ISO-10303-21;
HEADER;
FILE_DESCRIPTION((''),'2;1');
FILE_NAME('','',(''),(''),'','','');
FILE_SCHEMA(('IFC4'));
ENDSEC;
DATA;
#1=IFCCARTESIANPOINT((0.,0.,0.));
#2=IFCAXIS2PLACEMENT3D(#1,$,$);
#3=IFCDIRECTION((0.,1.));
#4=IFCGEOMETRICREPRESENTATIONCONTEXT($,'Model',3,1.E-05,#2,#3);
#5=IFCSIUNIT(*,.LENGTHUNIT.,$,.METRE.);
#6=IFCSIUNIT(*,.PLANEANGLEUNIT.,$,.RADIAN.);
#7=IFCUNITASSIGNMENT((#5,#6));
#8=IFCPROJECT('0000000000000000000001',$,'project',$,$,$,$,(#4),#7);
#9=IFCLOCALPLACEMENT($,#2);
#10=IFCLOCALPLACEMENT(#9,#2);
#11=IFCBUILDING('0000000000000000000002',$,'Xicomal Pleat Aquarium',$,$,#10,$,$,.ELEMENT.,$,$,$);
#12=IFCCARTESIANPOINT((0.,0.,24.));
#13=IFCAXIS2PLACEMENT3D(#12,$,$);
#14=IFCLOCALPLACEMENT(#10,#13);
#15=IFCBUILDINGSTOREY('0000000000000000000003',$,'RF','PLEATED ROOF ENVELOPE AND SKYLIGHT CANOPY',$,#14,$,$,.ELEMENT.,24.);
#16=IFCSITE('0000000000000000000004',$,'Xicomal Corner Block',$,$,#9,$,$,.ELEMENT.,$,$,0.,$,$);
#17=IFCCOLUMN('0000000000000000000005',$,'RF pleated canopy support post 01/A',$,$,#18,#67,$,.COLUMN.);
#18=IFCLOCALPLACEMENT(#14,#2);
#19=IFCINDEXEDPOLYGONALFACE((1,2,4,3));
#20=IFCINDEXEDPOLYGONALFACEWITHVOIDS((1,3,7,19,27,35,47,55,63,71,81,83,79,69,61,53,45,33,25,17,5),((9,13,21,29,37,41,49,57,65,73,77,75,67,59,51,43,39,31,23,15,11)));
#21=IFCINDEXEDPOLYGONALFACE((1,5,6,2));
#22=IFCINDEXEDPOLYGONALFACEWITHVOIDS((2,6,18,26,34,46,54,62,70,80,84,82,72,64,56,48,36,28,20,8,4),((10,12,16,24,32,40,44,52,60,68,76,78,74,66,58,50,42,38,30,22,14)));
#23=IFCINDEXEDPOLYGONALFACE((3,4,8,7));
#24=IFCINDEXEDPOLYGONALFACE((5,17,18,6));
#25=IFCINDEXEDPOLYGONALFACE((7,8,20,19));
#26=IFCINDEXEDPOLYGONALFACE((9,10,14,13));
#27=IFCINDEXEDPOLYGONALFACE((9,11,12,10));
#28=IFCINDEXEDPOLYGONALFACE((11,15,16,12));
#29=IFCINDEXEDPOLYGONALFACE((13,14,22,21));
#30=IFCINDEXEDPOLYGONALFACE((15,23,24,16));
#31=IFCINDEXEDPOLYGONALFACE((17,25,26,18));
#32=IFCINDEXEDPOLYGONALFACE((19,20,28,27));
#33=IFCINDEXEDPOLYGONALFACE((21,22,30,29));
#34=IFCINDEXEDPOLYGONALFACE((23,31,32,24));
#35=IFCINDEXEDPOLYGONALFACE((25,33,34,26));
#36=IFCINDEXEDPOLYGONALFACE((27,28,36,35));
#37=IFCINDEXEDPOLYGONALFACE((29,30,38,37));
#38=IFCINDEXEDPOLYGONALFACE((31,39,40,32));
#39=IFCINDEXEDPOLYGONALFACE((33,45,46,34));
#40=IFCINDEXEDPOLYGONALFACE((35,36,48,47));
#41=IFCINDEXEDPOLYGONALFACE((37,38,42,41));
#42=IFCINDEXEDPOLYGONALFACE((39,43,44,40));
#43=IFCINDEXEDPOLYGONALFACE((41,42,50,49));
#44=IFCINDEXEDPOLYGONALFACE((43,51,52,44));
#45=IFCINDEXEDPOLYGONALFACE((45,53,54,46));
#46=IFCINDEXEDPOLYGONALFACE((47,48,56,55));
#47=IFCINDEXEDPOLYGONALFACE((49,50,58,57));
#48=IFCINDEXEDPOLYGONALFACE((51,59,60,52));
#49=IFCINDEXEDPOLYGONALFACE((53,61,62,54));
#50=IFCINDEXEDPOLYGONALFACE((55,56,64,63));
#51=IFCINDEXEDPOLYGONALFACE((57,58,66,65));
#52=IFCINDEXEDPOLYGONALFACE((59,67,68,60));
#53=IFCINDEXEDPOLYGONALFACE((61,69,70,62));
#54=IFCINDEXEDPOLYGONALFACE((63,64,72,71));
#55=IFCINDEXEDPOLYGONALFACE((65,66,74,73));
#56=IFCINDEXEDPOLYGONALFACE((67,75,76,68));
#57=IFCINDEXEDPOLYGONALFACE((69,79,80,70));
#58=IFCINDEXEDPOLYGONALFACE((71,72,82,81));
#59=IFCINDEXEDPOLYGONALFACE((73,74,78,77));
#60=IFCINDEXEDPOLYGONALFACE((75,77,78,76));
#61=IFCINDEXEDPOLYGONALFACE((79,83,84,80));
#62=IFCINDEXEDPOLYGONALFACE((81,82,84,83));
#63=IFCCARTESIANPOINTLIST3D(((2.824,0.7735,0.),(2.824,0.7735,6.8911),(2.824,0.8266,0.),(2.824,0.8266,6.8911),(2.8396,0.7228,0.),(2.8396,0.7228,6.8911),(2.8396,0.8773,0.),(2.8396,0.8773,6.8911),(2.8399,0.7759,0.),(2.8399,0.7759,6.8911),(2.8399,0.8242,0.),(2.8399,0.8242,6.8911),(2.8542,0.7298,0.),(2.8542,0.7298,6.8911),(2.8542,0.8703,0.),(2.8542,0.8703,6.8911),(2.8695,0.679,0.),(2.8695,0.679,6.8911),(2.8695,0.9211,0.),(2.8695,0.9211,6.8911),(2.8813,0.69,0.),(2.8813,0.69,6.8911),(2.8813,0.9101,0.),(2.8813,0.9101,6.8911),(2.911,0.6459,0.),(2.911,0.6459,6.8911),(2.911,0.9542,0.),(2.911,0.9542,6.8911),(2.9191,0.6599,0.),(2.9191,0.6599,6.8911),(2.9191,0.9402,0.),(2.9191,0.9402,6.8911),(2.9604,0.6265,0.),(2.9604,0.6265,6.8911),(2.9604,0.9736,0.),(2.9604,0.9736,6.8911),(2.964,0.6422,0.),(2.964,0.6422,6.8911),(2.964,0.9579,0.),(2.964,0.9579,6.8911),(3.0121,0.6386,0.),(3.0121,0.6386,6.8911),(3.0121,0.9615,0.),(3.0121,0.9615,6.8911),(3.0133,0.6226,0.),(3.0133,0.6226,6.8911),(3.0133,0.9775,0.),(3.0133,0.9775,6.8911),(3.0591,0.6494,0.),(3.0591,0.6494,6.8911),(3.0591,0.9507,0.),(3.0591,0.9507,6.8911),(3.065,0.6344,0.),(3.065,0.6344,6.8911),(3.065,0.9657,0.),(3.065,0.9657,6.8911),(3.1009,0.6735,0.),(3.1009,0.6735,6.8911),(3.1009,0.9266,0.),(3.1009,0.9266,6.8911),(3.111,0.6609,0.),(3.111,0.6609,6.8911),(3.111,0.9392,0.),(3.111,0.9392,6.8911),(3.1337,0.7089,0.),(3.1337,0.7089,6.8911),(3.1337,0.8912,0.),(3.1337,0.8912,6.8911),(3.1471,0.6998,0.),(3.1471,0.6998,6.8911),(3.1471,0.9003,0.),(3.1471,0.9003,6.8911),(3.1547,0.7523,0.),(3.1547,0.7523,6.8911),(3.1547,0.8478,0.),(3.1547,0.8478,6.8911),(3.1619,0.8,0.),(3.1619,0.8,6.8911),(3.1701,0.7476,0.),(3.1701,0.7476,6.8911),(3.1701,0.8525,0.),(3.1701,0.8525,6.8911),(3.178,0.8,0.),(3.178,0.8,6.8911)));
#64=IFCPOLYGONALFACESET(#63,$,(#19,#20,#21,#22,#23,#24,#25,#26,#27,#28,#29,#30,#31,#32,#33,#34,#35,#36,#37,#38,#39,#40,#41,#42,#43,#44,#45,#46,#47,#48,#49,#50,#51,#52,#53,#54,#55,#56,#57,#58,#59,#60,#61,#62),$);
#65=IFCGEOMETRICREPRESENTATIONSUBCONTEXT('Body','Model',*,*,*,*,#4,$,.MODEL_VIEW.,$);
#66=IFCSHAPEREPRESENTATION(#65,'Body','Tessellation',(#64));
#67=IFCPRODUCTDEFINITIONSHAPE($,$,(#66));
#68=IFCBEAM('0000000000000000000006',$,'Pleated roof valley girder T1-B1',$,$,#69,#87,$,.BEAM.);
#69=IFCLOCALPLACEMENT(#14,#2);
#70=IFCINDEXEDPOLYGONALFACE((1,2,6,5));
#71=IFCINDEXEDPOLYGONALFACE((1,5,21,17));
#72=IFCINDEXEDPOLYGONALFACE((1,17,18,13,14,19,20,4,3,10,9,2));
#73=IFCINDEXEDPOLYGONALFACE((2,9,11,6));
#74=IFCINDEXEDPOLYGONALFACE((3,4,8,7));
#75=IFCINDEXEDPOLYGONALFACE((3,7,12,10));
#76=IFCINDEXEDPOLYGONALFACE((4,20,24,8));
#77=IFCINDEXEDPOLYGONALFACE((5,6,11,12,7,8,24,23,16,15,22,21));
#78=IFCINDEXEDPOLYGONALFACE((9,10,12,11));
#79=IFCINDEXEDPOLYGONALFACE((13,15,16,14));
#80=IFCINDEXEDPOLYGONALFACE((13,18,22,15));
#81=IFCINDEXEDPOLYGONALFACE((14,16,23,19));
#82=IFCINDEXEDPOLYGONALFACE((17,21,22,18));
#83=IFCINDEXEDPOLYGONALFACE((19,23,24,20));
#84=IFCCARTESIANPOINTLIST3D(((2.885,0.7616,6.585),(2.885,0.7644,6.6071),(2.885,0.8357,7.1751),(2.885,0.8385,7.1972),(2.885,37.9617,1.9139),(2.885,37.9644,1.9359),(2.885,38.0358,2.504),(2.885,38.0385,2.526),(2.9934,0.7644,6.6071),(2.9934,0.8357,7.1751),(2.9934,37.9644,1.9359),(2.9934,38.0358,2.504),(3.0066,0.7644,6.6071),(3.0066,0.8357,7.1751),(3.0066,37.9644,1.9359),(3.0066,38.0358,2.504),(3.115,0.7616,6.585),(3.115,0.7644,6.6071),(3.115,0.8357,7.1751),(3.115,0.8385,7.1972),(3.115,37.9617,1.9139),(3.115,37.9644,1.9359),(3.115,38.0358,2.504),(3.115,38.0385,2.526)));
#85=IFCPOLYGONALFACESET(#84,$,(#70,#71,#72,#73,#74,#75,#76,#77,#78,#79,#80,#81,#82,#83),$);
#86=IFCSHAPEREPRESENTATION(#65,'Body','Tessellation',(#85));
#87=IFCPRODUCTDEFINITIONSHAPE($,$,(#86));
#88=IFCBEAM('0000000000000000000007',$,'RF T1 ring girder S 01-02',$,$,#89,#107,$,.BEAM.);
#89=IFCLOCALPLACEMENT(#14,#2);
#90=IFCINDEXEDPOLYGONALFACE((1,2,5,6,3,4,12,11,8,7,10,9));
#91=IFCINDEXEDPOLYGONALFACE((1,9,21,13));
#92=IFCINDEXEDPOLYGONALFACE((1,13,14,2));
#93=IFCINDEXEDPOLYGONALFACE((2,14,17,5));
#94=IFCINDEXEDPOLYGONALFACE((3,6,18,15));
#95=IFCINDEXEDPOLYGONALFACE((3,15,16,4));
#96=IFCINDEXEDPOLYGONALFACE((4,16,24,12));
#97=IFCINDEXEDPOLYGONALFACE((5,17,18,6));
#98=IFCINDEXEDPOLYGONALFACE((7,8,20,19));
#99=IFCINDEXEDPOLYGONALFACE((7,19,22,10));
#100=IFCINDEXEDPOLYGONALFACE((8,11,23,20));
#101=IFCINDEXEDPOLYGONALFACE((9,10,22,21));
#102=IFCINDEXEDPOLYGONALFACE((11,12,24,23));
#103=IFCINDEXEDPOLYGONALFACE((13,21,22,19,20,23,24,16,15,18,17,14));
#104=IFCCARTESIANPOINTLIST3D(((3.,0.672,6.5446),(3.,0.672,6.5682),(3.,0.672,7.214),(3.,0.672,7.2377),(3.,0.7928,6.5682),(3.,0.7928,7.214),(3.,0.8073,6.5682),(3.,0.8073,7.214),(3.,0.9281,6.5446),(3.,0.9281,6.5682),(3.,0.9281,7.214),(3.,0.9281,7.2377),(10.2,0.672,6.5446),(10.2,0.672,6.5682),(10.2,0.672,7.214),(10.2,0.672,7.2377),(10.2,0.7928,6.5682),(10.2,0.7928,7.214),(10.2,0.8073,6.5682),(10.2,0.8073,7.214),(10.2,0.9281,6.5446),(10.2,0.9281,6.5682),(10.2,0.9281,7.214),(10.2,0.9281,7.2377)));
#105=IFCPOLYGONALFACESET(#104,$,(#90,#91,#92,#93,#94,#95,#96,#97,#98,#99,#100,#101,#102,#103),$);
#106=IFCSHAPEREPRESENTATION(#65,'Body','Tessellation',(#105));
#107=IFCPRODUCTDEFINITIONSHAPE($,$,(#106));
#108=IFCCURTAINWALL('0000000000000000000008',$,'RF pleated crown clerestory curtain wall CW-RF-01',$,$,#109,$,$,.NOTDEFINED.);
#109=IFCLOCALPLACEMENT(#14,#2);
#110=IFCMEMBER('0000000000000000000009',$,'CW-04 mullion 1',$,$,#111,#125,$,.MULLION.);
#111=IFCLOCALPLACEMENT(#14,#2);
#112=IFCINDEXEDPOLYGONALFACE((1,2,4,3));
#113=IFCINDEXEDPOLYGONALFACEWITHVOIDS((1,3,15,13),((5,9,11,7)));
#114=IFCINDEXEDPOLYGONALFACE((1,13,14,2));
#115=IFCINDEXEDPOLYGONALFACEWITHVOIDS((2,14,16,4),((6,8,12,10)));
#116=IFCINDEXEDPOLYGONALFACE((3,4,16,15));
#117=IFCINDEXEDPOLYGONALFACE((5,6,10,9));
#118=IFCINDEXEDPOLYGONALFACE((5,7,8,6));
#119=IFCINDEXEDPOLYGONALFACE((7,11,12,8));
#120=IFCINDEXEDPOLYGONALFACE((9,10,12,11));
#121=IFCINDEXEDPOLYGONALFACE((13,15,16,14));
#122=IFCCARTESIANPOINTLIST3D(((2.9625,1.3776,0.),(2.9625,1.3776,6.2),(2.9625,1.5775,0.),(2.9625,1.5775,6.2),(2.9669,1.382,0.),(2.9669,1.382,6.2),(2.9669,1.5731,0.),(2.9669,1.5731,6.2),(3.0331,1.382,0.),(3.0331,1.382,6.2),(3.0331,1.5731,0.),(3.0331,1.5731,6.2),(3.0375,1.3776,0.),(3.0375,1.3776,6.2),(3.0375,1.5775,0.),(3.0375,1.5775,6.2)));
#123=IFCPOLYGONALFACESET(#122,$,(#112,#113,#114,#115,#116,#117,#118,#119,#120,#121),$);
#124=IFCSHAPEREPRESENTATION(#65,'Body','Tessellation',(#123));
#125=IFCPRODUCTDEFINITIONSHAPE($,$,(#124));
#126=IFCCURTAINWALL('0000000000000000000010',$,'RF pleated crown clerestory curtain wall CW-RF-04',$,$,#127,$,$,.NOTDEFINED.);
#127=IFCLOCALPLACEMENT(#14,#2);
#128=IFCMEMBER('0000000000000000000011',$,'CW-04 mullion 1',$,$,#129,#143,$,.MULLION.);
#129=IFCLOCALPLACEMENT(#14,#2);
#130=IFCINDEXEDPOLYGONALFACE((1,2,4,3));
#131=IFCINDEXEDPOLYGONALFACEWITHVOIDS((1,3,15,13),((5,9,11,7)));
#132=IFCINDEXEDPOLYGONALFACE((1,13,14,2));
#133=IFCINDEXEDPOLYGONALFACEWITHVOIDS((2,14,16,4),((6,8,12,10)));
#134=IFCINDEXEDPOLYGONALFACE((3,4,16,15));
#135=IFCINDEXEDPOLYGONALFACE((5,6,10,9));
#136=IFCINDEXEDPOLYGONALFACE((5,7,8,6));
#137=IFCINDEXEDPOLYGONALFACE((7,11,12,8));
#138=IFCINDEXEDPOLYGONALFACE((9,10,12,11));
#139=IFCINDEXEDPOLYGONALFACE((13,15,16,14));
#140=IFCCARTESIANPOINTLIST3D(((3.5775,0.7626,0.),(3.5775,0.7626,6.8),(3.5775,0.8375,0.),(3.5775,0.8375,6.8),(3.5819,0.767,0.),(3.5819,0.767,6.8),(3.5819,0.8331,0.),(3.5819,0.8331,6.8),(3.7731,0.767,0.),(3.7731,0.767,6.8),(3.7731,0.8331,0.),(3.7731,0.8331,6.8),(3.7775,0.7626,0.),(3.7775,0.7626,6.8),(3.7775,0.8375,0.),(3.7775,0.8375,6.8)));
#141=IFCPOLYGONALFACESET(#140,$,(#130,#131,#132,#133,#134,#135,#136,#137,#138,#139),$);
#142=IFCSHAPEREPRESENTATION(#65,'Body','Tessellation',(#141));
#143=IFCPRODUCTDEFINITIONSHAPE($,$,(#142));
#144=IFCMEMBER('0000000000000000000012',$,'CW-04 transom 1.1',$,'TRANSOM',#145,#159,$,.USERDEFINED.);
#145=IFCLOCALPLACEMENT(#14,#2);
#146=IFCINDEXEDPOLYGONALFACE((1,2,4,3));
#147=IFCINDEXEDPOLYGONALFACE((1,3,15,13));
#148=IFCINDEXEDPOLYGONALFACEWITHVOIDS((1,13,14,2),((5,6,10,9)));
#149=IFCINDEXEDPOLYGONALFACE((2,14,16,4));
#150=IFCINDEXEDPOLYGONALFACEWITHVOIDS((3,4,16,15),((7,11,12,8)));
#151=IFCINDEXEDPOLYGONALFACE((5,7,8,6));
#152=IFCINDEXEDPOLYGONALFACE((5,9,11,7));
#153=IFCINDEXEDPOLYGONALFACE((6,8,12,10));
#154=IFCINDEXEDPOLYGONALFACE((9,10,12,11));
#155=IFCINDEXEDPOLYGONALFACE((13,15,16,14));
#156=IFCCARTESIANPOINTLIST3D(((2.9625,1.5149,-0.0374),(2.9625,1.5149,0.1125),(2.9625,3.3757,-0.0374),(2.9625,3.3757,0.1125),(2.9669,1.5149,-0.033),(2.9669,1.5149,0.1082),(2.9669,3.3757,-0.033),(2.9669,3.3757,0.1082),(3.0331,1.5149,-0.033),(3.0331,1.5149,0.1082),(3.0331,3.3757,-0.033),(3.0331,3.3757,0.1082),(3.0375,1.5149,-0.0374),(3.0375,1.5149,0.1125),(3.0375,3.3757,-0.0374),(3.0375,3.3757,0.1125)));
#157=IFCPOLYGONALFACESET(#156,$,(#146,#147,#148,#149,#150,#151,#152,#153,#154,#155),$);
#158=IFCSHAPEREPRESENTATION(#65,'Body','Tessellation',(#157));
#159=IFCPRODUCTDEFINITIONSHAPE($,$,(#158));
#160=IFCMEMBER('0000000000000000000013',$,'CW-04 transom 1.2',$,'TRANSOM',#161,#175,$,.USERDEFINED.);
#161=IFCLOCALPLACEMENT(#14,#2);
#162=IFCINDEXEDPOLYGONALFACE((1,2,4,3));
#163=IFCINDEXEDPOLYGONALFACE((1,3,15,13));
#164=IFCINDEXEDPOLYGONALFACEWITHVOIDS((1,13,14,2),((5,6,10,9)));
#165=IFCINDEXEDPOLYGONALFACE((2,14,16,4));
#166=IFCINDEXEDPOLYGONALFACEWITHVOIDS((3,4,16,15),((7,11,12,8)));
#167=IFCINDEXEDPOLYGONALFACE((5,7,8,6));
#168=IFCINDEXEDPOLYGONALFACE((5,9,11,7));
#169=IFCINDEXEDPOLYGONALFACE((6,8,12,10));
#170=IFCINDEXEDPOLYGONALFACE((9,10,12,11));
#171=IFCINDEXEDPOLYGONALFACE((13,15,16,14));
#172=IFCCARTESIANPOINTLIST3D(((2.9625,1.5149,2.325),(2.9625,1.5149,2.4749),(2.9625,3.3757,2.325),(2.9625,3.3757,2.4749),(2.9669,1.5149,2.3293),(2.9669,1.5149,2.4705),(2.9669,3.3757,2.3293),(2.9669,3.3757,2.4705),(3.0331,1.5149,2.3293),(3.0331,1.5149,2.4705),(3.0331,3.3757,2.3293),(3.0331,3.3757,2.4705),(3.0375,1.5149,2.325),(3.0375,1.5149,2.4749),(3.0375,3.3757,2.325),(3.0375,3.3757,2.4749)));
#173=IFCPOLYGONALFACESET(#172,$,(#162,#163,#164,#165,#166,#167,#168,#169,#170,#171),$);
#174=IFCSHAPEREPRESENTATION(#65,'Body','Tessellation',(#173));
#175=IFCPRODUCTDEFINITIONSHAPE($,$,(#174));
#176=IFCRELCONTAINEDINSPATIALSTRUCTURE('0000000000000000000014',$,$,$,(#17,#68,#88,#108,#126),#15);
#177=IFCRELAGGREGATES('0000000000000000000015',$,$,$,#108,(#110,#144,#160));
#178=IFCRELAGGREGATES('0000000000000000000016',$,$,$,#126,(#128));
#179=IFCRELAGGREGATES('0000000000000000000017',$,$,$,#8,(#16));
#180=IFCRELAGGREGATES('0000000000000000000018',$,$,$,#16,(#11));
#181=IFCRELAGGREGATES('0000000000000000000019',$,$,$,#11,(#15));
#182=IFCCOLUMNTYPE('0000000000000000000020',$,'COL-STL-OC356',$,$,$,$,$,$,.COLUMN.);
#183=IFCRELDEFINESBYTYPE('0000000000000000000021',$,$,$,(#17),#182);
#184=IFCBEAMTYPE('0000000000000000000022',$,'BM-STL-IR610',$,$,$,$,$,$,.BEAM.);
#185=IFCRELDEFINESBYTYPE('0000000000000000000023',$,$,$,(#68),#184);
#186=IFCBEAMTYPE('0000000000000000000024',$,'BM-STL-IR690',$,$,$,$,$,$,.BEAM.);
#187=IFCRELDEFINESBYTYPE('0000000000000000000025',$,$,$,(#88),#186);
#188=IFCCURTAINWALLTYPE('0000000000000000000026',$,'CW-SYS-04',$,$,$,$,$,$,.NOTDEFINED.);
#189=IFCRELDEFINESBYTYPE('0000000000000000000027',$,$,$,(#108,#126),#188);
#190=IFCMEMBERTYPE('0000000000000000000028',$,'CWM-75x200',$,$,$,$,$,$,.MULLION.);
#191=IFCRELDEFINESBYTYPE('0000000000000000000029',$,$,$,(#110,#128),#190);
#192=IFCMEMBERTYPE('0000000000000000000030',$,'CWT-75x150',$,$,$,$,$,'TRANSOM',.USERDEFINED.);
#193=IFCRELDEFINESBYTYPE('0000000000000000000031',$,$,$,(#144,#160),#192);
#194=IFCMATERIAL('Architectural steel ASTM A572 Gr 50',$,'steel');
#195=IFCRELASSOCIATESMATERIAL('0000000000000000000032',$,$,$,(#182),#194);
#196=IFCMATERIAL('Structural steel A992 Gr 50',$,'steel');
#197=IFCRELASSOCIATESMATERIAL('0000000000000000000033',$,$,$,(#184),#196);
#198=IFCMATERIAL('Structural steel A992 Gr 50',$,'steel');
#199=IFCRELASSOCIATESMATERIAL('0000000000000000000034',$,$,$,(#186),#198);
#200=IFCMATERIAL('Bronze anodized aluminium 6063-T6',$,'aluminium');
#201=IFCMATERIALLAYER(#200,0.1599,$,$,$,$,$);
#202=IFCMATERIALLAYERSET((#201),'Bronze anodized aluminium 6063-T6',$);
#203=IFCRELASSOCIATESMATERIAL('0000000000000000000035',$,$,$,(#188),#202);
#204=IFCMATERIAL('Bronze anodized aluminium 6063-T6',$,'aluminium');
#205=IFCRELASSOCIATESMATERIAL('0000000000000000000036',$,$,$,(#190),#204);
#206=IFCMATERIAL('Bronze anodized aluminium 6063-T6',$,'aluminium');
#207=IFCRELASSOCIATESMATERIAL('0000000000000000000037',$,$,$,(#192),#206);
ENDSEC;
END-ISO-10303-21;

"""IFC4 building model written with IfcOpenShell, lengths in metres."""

from ifc_helpers import new_model, si_unit, direction, frame, origin, origin_2d, place, context, subcontext, project, spatial, hollow_rectangle, hollow_circle, i_section, extrude, material, layer, layer_set, material_profile, profile_set, type_object, element, aggregate, save


model = new_model("IFC4")

# Units and contexts
model_context = context("Model", 3, precision=1e-05, world=origin(), true_north=direction((0.0, 1.0)))
body_context = subcontext(model_context, "Body", "Model", "MODEL_VIEW")
ifc_project = project(units=[si_unit("LENGTHUNIT", "METRE"), si_unit("PLANEANGLEUNIT", "RADIAN")], contexts=[model_context])

# Site, building, storey
site_placement = place(None, origin())
site = spatial("IfcSite", under=ifc_project, at=site_placement, Name="Xicomal Corner Block", CompositionType="ELEMENT", RefElevation=0.0)
building_placement = place(site_placement, origin())
building = spatial("IfcBuilding", under=site, at=building_placement, Name="Xicomal Pleat Aquarium", CompositionType="ELEMENT")
storey_placement = place(building_placement, frame((0.0, 0.0, 24.0)))
storey = spatial("IfcBuildingStorey", under=building, at=storey_placement, Name="RF", Description="PLEATED ROOF ENVELOPE AND SKYLIGHT CANOPY", CompositionType="ELEMENT", Elevation=24.0)

# Column
ifc_material_1 = material(Name="Architectural steel ASTM A572 Gr 50", Category="steel")
ifc_material_profile_1 = material_profile(ifc_material_1, hollow_circle(Radius=0.178, WallThickness=0.0161, at=origin_2d()), Name="OC 356x16")
ifc_profile_set_1 = profile_set([ifc_material_profile_1], Name="Architectural steel ASTM A572 Gr 50")
column_type = type_object("IfcColumnType", Name="COL-STL-OC356", PredefinedType="COLUMN", material=ifc_profile_set_1)
column_placement = place(storey_placement, frame((3.0, 0.8, 0.0), z_axis=(0.0, 0.0, 1.0), x_axis=(1.0, 0.0, 0.0)))
element("IfcColumn", 1, at=column_placement, inside=storey, type_object=column_type, Name="RF pleated canopy support post 01/A", PredefinedType="COLUMN", context=body_context, shape_type="SweptSolid", body=[
    extrude(hollow_circle(Radius=0.178, WallThickness=0.0161, at=origin_2d()), origin(), (0.0, 0.0, 1.0), 6.8911),
])

# Beams
ifc_material_2 = material(Name="Structural steel A992 Gr 50", Category="steel")
ifc_material_profile_2 = material_profile(ifc_material_2, i_section(OverallWidth=0.23, OverallDepth=0.6169, WebThickness=0.0132, FlangeThickness=0.0222, at=origin_2d()), Name="IR 610x140")
ifc_profile_set_2 = profile_set([ifc_material_profile_2], Name="Structural steel A992 Gr 50")
beam_type_1 = type_object("IfcBeamType", Name="BM-STL-IR610", PredefinedType="BEAM", material=ifc_profile_set_2)
beam_1_placement = place(storey_placement, frame((3.0, 0.8, 6.8911), z_axis=(0.0, 0.992208, -0.12459), x_axis=(-1.0, 0.0, 0.0)))
element("IfcBeam", 2, at=beam_1_placement, inside=storey, type_object=beam_type_1, Name="Pleated roof valley girder T1-B1", PredefinedType="BEAM", context=body_context, shape_type="SweptSolid", body=[
    extrude(i_section(OverallWidth=0.23, OverallDepth=0.6169, WebThickness=0.0132, FlangeThickness=0.0222, at=origin_2d()), origin(), (0.0, 0.0, 1.0), 37.4922),
])
ifc_material_3 = material(Name="Structural steel A992 Gr 50", Category="steel")
ifc_material_profile_3 = material_profile(ifc_material_3, i_section(OverallWidth=0.2561, OverallDepth=0.6931, WebThickness=0.0144, FlangeThickness=0.0237, at=origin_2d()), Name="IR 690x170")
ifc_profile_set_3 = profile_set([ifc_material_profile_3], Name="Structural steel A992 Gr 50")
beam_type_2 = type_object("IfcBeamType", Name="BM-STL-IR690", PredefinedType="BEAM", material=ifc_profile_set_3)
beam_2_placement = place(storey_placement, frame((3.0, 0.8, 6.8911), z_axis=(1.0, 0.0, 0.0), x_axis=(0.0, 1.0, 0.0)))
element("IfcBeam", 3, at=beam_2_placement, inside=storey, type_object=beam_type_2, Name="RF T1 ring girder S 01-02", PredefinedType="BEAM", context=body_context, shape_type="SweptSolid", body=[
    extrude(i_section(OverallWidth=0.2561, OverallDepth=0.6931, WebThickness=0.0144, FlangeThickness=0.0237, at=origin_2d()), origin(), (0.0, 0.0, 1.0), 7.2),
])

# Curtain walls, members
ifc_material_4 = material(Name="Bronze anodized aluminium 6063-T6", Category="aluminium")
ifc_layer_1 = layer(ifc_material_4, 0.1599)
ifc_layer_set_1 = layer_set([ifc_layer_1], Name="Bronze anodized aluminium 6063-T6")
curtain_wall_type = type_object("IfcCurtainWallType", Name="CW-SYS-04", PredefinedType="NOTDEFINED", material=ifc_layer_set_1)
curtain_wall_1_placement = place(storey_placement, origin())
curtain_wall_1 = element("IfcCurtainWall", 4, at=curtain_wall_1_placement, inside=storey, type_object=curtain_wall_type, Name="RF pleated crown clerestory curtain wall CW-RF-01", PredefinedType="NOTDEFINED")
ifc_material_5 = material(Name="Bronze anodized aluminium 6063-T6", Category="aluminium")
ifc_material_profile_4 = material_profile(ifc_material_5, hollow_rectangle(XDim=0.075, YDim=0.2, WallThickness=0.0044, at=origin_2d()), Name="ALU MULL 75x200")
ifc_profile_set_4 = profile_set([ifc_material_profile_4], Name="Bronze anodized aluminium 6063-T6")
member_type_1 = type_object("IfcMemberType", Name="CWM-75x200", PredefinedType="MULLION", material=ifc_profile_set_4)
member_1_placement = place(storey_placement, frame((3.0, 1.4775, 0.0), z_axis=(0.0, 0.0, 1.0), x_axis=(-1.0, 0.0, 0.0)))
member_1 = element("IfcMember", 5, at=member_1_placement, type_object=member_type_1, Name="CW-04 mullion 1", PredefinedType="MULLION", context=body_context, shape_type="SweptSolid", body=[
    extrude(hollow_rectangle(XDim=0.075, YDim=0.2, WallThickness=0.0044, at=origin_2d()), origin(), (0.0, 0.0, 1.0), 6.2),
])
curtain_wall_2_placement = place(storey_placement, origin())
curtain_wall_2 = element("IfcCurtainWall", 6, at=curtain_wall_2_placement, inside=storey, type_object=curtain_wall_type, Name="RF pleated crown clerestory curtain wall CW-RF-04", PredefinedType="NOTDEFINED")
member_2_placement = place(storey_placement, frame((3.6775, 0.8, 0.0), z_axis=(0.0, 0.0, 1.0), x_axis=(0.0, 1.0, 0.0)))
member_2 = element("IfcMember", 7, at=member_2_placement, type_object=member_type_1, Name="CW-04 mullion 1", PredefinedType="MULLION", context=body_context, shape_type="SweptSolid", body=[
    extrude(hollow_rectangle(XDim=0.075, YDim=0.2, WallThickness=0.0044, at=origin_2d()), origin(), (0.0, 0.0, 1.0), 6.8),
])

# Members
ifc_material_6 = material(Name="Bronze anodized aluminium 6063-T6", Category="aluminium")
ifc_material_profile_5 = material_profile(ifc_material_6, hollow_rectangle(XDim=0.075, YDim=0.1499, WallThickness=0.0044, at=origin_2d()), Name="ALU TRAN 75x150")
ifc_profile_set_5 = profile_set([ifc_material_profile_5], Name="Bronze anodized aluminium 6063-T6")
member_type_2 = type_object("IfcMemberType", Name="CWT-75x150", ElementType="TRANSOM", PredefinedType="USERDEFINED", material=ifc_profile_set_5)
member_3_placement = place(storey_placement, frame((3.0, 1.5149, 0.0376), z_axis=(0.0, 1.0, 0.0), x_axis=(-1.0, 0.0, 0.0)))
member_3 = element("IfcMember", 8, at=member_3_placement, type_object=member_type_2, Name="CW-04 transom 1.1", ObjectType="TRANSOM", PredefinedType="USERDEFINED", context=body_context, shape_type="SweptSolid", body=[
    extrude(hollow_rectangle(XDim=0.075, YDim=0.1499, WallThickness=0.0044, at=origin_2d()), origin(), (0.0, 0.0, 1.0), 1.8608),
])
member_4_placement = place(storey_placement, frame((3.0, 1.5149, 2.3999), z_axis=(0.0, 1.0, 0.0), x_axis=(-1.0, 0.0, 0.0)))
member_4 = element("IfcMember", 9, at=member_4_placement, type_object=member_type_2, Name="CW-04 transom 1.2", ObjectType="TRANSOM", PredefinedType="USERDEFINED", context=body_context, shape_type="SweptSolid", body=[
    extrude(hollow_rectangle(XDim=0.075, YDim=0.1499, WallThickness=0.0044, at=origin_2d()), origin(), (0.0, 0.0, 1.0), 1.8608),
])

aggregate(curtain_wall_1, [member_1, member_3, member_4])
aggregate(curtain_wall_2, [member_2])

save(model, "model.ifc")
